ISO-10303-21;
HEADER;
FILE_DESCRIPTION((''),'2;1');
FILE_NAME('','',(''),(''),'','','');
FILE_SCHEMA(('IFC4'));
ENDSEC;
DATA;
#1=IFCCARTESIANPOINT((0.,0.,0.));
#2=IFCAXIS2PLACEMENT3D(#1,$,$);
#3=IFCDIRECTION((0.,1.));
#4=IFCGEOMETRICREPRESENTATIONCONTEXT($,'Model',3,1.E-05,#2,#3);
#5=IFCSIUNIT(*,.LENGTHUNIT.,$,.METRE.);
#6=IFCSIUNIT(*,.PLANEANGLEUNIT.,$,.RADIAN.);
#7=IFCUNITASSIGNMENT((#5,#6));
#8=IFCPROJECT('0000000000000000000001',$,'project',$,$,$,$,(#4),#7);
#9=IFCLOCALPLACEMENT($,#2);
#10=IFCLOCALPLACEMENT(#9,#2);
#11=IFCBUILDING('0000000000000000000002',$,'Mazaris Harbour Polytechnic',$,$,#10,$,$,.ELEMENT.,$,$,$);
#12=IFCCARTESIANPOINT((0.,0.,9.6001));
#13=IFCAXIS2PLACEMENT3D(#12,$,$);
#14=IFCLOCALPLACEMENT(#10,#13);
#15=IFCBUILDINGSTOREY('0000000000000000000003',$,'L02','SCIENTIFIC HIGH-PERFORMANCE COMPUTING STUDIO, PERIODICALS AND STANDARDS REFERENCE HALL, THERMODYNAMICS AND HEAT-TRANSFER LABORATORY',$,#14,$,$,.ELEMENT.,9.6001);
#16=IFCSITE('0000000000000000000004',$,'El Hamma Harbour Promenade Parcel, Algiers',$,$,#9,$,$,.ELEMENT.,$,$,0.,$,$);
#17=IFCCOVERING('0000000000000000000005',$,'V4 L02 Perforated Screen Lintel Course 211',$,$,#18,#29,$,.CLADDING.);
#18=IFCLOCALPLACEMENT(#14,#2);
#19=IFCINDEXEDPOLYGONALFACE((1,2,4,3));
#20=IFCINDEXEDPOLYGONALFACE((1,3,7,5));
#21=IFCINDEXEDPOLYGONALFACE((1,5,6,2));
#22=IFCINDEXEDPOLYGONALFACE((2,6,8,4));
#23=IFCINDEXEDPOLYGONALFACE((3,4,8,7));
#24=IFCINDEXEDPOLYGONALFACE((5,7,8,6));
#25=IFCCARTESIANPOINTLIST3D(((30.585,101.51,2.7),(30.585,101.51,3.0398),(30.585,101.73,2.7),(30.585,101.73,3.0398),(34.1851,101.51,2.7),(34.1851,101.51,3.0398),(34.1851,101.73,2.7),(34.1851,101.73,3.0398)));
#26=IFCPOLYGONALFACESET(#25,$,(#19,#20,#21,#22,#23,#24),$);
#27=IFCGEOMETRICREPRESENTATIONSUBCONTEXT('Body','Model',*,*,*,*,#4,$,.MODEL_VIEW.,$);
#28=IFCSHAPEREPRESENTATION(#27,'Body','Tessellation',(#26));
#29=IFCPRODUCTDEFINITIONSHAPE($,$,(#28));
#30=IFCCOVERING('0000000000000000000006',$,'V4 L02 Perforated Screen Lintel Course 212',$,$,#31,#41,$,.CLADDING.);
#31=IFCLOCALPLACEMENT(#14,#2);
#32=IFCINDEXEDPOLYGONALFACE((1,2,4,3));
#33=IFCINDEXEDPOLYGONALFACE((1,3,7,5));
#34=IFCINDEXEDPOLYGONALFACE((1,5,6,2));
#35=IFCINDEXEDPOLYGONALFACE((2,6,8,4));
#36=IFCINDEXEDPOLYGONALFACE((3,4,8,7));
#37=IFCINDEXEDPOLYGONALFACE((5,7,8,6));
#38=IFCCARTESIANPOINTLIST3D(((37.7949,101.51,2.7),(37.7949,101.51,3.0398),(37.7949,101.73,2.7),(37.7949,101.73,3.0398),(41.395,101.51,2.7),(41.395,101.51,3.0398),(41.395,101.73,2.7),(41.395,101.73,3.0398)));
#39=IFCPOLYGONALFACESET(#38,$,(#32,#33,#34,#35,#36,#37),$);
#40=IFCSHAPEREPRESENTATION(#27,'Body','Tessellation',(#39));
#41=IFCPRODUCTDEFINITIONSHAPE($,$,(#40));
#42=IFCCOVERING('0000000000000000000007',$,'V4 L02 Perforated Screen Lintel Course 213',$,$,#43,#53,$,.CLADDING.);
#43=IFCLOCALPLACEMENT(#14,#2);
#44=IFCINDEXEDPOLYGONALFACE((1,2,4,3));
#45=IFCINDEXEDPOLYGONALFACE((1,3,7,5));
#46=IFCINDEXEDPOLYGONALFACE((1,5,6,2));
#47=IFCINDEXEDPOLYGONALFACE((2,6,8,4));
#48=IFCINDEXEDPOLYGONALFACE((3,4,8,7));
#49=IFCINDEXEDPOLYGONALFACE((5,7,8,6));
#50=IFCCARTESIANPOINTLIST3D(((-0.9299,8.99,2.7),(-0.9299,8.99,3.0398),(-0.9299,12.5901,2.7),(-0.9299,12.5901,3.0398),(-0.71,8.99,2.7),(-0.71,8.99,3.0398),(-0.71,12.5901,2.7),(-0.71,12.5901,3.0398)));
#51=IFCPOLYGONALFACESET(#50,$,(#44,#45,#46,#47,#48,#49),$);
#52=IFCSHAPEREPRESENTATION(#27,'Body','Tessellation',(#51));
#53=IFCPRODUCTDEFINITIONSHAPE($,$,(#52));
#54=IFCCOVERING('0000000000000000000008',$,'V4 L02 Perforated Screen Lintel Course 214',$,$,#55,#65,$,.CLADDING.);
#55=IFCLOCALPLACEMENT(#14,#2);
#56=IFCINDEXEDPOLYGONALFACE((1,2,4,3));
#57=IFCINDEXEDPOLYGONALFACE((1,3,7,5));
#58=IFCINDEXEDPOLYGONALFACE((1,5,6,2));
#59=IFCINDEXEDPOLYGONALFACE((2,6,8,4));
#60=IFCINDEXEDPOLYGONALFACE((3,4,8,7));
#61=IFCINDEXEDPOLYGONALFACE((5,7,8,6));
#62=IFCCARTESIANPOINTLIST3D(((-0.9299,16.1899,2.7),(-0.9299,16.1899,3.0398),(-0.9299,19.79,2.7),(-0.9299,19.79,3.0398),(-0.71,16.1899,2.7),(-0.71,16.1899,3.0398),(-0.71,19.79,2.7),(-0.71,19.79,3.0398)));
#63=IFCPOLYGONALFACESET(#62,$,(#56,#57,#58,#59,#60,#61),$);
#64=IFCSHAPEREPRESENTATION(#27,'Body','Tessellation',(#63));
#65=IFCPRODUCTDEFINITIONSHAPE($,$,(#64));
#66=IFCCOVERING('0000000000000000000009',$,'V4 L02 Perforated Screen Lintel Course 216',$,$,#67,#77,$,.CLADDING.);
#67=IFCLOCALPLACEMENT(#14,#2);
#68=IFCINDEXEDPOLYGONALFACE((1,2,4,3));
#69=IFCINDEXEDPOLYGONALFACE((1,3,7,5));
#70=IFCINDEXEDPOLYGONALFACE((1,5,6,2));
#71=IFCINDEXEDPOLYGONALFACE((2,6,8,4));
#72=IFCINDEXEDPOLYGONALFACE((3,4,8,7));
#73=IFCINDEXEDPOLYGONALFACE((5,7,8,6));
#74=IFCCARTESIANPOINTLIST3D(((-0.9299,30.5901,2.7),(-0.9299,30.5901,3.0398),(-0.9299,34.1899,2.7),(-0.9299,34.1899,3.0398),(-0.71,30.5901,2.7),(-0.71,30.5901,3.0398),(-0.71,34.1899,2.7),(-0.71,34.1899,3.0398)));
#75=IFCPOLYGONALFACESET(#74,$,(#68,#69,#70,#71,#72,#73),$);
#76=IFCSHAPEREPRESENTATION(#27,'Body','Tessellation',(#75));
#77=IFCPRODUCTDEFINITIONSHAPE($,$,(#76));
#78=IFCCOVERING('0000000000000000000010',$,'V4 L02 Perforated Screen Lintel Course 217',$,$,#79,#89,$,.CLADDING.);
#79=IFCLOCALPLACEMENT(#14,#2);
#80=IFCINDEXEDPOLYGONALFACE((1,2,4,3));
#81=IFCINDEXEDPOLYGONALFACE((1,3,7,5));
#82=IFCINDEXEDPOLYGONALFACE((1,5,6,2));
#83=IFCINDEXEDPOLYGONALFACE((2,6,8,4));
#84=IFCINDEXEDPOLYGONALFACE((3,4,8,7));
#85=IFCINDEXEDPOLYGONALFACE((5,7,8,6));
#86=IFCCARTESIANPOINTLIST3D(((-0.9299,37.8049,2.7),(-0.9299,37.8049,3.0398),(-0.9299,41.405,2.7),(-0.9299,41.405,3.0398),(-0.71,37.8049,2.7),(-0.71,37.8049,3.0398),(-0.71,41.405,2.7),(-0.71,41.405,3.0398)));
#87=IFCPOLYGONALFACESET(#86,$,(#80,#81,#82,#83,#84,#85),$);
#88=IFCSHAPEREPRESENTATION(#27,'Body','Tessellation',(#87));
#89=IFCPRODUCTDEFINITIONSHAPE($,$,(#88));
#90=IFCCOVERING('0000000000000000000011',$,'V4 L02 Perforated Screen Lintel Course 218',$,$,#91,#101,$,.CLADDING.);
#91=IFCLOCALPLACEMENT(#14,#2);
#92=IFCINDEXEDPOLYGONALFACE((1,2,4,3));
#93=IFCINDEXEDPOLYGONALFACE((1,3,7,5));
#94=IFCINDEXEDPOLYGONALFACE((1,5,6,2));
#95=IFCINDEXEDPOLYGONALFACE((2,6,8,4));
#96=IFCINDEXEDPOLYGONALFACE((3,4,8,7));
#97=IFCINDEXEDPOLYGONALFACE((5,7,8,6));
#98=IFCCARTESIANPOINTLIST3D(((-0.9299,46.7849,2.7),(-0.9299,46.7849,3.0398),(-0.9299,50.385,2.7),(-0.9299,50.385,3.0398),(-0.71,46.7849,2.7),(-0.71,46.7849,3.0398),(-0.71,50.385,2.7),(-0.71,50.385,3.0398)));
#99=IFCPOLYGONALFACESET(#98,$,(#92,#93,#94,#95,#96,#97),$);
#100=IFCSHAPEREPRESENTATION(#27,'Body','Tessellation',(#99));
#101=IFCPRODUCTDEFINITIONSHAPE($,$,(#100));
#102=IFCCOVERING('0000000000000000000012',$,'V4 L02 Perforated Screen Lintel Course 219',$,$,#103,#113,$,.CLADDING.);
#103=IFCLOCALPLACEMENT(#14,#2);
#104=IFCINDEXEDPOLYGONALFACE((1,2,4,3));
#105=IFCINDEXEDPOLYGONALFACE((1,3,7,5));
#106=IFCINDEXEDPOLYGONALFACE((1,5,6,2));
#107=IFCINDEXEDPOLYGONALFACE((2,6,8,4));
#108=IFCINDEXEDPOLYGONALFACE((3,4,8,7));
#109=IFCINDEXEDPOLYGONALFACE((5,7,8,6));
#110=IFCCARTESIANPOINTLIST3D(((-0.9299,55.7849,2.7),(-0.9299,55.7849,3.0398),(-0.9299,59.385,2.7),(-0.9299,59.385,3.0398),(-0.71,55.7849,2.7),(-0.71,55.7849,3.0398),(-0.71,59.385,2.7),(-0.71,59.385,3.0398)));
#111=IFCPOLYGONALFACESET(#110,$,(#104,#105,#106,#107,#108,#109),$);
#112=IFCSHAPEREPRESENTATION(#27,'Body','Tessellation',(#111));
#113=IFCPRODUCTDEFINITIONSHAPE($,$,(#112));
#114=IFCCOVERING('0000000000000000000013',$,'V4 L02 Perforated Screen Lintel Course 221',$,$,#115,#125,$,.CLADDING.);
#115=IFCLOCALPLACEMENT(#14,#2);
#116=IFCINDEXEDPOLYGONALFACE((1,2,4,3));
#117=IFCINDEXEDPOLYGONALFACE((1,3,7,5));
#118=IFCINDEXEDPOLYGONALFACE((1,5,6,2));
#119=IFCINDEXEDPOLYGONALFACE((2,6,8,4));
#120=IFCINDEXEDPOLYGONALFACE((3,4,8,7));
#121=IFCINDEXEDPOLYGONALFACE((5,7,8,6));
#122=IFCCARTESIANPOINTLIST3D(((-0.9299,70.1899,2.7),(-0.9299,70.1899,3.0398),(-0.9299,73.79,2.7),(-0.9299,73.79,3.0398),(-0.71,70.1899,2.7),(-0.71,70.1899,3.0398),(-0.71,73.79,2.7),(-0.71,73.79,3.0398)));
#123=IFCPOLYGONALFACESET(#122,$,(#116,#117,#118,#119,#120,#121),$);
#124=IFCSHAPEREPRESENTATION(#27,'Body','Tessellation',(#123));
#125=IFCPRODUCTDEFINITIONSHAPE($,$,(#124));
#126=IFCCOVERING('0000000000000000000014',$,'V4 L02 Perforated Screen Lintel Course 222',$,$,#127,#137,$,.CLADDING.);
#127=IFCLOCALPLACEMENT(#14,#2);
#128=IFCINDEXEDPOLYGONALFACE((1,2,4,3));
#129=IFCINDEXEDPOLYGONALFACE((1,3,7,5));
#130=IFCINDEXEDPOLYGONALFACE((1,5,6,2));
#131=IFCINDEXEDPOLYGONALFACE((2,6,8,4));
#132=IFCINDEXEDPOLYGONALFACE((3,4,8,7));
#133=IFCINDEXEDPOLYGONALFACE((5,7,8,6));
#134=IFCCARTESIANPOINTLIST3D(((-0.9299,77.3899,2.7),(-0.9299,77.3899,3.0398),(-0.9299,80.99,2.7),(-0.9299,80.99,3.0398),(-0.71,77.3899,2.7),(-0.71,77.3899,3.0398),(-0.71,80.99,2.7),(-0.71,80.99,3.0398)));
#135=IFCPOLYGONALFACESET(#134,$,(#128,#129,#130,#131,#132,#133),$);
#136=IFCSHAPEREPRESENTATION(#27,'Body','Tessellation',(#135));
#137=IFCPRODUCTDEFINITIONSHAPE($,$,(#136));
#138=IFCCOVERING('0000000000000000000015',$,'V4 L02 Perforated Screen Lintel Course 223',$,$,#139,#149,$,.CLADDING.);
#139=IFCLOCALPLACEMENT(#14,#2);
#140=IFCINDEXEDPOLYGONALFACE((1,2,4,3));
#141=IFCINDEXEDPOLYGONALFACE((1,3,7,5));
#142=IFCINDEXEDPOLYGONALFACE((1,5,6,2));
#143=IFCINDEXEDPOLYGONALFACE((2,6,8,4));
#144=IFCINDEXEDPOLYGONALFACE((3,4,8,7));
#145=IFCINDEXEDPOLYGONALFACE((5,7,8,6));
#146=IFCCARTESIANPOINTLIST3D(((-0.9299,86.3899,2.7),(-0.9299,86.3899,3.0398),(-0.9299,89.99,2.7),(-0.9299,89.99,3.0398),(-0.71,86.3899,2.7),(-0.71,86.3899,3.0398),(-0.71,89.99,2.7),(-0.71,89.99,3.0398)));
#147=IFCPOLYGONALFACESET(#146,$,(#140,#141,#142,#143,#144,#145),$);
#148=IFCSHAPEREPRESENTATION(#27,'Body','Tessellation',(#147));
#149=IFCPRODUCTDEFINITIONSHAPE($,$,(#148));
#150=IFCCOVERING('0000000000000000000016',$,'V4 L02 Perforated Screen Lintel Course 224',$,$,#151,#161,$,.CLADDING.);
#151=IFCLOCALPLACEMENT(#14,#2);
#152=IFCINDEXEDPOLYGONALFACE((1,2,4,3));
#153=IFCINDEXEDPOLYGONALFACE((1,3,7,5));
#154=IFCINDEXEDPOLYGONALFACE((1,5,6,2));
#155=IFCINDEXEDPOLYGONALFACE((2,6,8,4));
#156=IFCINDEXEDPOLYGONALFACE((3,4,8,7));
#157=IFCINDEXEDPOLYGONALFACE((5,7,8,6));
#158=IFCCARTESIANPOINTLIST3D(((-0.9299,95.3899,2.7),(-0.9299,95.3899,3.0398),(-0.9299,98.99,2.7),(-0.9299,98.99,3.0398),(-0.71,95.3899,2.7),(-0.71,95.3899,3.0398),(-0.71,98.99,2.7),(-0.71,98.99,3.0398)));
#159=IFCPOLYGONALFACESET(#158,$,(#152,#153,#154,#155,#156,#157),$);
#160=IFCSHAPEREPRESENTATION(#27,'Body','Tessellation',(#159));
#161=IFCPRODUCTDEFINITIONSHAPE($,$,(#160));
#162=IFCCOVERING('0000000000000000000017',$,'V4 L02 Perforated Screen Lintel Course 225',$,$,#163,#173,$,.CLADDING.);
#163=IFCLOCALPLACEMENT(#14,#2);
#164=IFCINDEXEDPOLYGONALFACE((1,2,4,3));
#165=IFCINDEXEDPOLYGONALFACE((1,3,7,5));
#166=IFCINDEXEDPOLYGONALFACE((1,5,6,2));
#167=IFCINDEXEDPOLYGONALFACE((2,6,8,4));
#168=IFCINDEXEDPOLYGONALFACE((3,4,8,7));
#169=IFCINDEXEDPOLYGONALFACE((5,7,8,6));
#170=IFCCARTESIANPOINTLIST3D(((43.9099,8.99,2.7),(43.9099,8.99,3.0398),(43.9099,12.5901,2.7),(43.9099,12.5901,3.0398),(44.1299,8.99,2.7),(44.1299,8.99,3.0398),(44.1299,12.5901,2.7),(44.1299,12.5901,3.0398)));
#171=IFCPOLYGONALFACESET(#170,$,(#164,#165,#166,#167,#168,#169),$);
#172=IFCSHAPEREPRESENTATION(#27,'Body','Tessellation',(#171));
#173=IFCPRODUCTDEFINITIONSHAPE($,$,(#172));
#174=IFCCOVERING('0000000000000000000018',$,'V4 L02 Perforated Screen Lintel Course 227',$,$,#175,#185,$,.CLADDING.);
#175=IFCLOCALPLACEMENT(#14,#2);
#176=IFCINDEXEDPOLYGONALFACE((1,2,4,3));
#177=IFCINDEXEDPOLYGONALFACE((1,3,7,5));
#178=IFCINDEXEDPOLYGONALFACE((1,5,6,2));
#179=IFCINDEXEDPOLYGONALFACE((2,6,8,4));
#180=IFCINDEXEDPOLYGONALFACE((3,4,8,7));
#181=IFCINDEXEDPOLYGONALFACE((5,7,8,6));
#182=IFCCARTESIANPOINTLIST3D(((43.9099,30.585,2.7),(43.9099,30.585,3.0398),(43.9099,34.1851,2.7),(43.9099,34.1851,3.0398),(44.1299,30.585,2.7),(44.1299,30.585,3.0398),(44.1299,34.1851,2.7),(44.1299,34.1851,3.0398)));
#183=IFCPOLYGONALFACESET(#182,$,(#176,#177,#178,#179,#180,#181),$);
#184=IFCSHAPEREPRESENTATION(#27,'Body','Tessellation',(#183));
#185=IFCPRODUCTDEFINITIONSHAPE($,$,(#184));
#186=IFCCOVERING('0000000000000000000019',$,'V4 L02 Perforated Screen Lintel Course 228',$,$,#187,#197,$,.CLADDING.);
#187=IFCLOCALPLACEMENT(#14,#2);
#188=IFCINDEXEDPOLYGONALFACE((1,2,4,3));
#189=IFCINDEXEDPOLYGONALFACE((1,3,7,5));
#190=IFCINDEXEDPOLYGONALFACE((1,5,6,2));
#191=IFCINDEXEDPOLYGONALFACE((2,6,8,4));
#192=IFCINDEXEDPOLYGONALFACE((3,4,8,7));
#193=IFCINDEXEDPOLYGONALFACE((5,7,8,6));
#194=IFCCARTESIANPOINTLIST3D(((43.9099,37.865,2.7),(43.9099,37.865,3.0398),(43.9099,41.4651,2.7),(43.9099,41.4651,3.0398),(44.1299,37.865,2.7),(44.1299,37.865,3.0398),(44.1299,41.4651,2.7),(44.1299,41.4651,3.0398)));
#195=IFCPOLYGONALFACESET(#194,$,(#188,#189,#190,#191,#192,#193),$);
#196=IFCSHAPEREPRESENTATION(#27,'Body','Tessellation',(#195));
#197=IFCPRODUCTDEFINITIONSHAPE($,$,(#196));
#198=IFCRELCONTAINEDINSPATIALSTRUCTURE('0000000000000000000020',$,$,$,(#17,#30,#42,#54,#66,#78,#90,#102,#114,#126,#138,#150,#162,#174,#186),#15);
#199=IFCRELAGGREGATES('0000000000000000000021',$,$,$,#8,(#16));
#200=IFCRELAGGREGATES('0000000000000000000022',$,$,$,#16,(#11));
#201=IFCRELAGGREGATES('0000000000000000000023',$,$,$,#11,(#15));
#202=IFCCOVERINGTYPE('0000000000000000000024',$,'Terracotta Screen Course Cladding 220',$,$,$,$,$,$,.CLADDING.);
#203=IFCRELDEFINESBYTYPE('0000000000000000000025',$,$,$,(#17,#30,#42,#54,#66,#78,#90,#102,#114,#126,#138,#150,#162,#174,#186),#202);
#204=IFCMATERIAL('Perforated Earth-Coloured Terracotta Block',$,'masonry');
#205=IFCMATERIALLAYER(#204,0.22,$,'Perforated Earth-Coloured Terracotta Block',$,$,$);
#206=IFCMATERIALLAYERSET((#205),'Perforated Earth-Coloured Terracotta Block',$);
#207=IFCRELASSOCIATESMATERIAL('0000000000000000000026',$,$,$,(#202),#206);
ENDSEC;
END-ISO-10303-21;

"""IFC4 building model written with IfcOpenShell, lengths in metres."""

from ifc_helpers import new_model, si_unit, direction, frame, origin, place, context, subcontext, project, spatial, polyline, outline, extrude, material, layer, layer_set, type_object, element, save


model = new_model("IFC4")

# Units and contexts
model_context = context("Model", 3, precision=1e-05, world=origin(), true_north=direction((0.0, 1.0)))
body_context = subcontext(model_context, "Body", "Model", "MODEL_VIEW")
ifc_project = project(units=[si_unit("LENGTHUNIT", "METRE"), si_unit("PLANEANGLEUNIT", "RADIAN")], contexts=[model_context])

# Site, building, storey
site_placement = place(None, origin())
site = spatial("IfcSite", under=ifc_project, at=site_placement, Name="El Hamma Harbour Promenade Parcel, Algiers", CompositionType="ELEMENT", RefElevation=0.0)
building_placement = place(site_placement, origin())
building = spatial("IfcBuilding", under=site, at=building_placement, Name="Mazaris Harbour Polytechnic", CompositionType="ELEMENT")
storey_placement = place(building_placement, frame((0.0, 0.0, 9.6001)))
storey = spatial("IfcBuildingStorey", under=building, at=storey_placement, Name="L02", Description="SCIENTIFIC HIGH-PERFORMANCE COMPUTING STUDIO, PERIODICALS AND STANDARDS REFERENCE HALL, THERMODYNAMICS AND HEAT-TRANSFER LABORATORY", CompositionType="ELEMENT", Elevation=9.6001)

# Coverings
ifc_material = material(Name="Perforated Earth-Coloured Terracotta Block", Category="masonry")
ifc_layer = layer(ifc_material, 0.22, Name="Perforated Earth-Coloured Terracotta Block")
ifc_layer_set = layer_set([ifc_layer], Name="Perforated Earth-Coloured Terracotta Block")
covering_type = type_object("IfcCoveringType", Name="Terracotta Screen Course Cladding 220", PredefinedType="CLADDING", material=ifc_layer_set)
covering_1_placement = place(storey_placement, frame((0.0, 0.0, 2.7)))
element("IfcCovering", 1, at=covering_1_placement, inside=storey, type_object=covering_type, Name="V4 L02 Perforated Screen Lintel Course 211", PredefinedType="CLADDING", context=body_context, shape_type="SweptSolid", body=[
    extrude(outline(polyline([(30.585, 101.51), (34.1851, 101.51), (34.1851, 101.73), (30.585, 101.73), (30.585, 101.51)])), origin(), (0.0, 0.0, 1.0), 0.3398),
])
covering_2_placement = place(storey_placement, frame((0.0, 0.0, 2.7)))
element("IfcCovering", 2, at=covering_2_placement, inside=storey, type_object=covering_type, Name="V4 L02 Perforated Screen Lintel Course 212", PredefinedType="CLADDING", context=body_context, shape_type="SweptSolid", body=[
    extrude(outline(polyline([(37.7949, 101.51), (41.395, 101.51), (41.395, 101.73), (37.7949, 101.73), (37.7949, 101.51)])), origin(), (0.0, 0.0, 1.0), 0.3398),
])
covering_3_placement = place(storey_placement, frame((0.0, 0.0, 2.7)))
element("IfcCovering", 3, at=covering_3_placement, inside=storey, type_object=covering_type, Name="V4 L02 Perforated Screen Lintel Course 213", PredefinedType="CLADDING", context=body_context, shape_type="SweptSolid", body=[
    extrude(outline(polyline([(-0.71, 8.99), (-0.71, 12.5901), (-0.9299, 12.5901), (-0.9299, 8.99), (-0.71, 8.99)])), origin(), (0.0, 0.0, 1.0), 0.3398),
])
covering_4_placement = place(storey_placement, frame((0.0, 0.0, 2.7)))
element("IfcCovering", 4, at=covering_4_placement, inside=storey, type_object=covering_type, Name="V4 L02 Perforated Screen Lintel Course 214", PredefinedType="CLADDING", context=body_context, shape_type="SweptSolid", body=[
    extrude(outline(polyline([(-0.71, 16.1899), (-0.71, 19.79), (-0.9299, 19.79), (-0.9299, 16.1899), (-0.71, 16.1899)])), origin(), (0.0, 0.0, 1.0), 0.3398),
])
covering_5_placement = place(storey_placement, frame((0.0, 0.0, 2.7)))
element("IfcCovering", 5, at=covering_5_placement, inside=storey, type_object=covering_type, Name="V4 L02 Perforated Screen Lintel Course 216", PredefinedType="CLADDING", context=body_context, shape_type="SweptSolid", body=[
    extrude(outline(polyline([(-0.71, 30.5901), (-0.71, 34.1899), (-0.9299, 34.1899), (-0.9299, 30.5901), (-0.71, 30.5901)])), origin(), (0.0, 0.0, 1.0), 0.3398),
])
covering_6_placement = place(storey_placement, frame((0.0, 0.0, 2.7)))
element("IfcCovering", 6, at=covering_6_placement, inside=storey, type_object=covering_type, Name="V4 L02 Perforated Screen Lintel Course 217", PredefinedType="CLADDING", context=body_context, shape_type="SweptSolid", body=[
    extrude(outline(polyline([(-0.71, 37.8049), (-0.71, 41.405), (-0.9299, 41.405), (-0.9299, 37.8049), (-0.71, 37.8049)])), origin(), (0.0, 0.0, 1.0), 0.3398),
])
covering_7_placement = place(storey_placement, frame((0.0, 0.0, 2.7)))
element("IfcCovering", 7, at=covering_7_placement, inside=storey, type_object=covering_type, Name="V4 L02 Perforated Screen Lintel Course 218", PredefinedType="CLADDING", context=body_context, shape_type="SweptSolid", body=[
    extrude(outline(polyline([(-0.71, 46.7849), (-0.71, 50.385), (-0.9299, 50.385), (-0.9299, 46.7849), (-0.71, 46.7849)])), origin(), (0.0, 0.0, 1.0), 0.3398),
])
covering_8_placement = place(storey_placement, frame((0.0, 0.0, 2.7)))
element("IfcCovering", 8, at=covering_8_placement, inside=storey, type_object=covering_type, Name="V4 L02 Perforated Screen Lintel Course 219", PredefinedType="CLADDING", context=body_context, shape_type="SweptSolid", body=[
    extrude(outline(polyline([(-0.71, 55.7849), (-0.71, 59.385), (-0.9299, 59.385), (-0.9299, 55.7849), (-0.71, 55.7849)])), origin(), (0.0, 0.0, 1.0), 0.3398),
])
covering_9_placement = place(storey_placement, frame((0.0, 0.0, 2.7)))
element("IfcCovering", 9, at=covering_9_placement, inside=storey, type_object=covering_type, Name="V4 L02 Perforated Screen Lintel Course 221", PredefinedType="CLADDING", context=body_context, shape_type="SweptSolid", body=[
    extrude(outline(polyline([(-0.71, 70.1899), (-0.71, 73.79), (-0.9299, 73.79), (-0.9299, 70.1899), (-0.71, 70.1899)])), origin(), (0.0, 0.0, 1.0), 0.3398),
])
covering_10_placement = place(storey_placement, frame((0.0, 0.0, 2.7)))
element("IfcCovering", 10, at=covering_10_placement, inside=storey, type_object=covering_type, Name="V4 L02 Perforated Screen Lintel Course 222", PredefinedType="CLADDING", context=body_context, shape_type="SweptSolid", body=[
    extrude(outline(polyline([(-0.71, 77.3899), (-0.71, 80.99), (-0.9299, 80.99), (-0.9299, 77.3899), (-0.71, 77.3899)])), origin(), (0.0, 0.0, 1.0), 0.3398),
])
covering_11_placement = place(storey_placement, frame((0.0, 0.0, 2.7)))
element("IfcCovering", 11, at=covering_11_placement, inside=storey, type_object=covering_type, Name="V4 L02 Perforated Screen Lintel Course 223", PredefinedType="CLADDING", context=body_context, shape_type="SweptSolid", body=[
    extrude(outline(polyline([(-0.71, 86.3899), (-0.71, 89.99), (-0.9299, 89.99), (-0.9299, 86.3899), (-0.71, 86.3899)])), origin(), (0.0, 0.0, 1.0), 0.3398),
])
covering_12_placement = place(storey_placement, frame((0.0, 0.0, 2.7)))
element("IfcCovering", 12, at=covering_12_placement, inside=storey, type_object=covering_type, Name="V4 L02 Perforated Screen Lintel Course 224", PredefinedType="CLADDING", context=body_context, shape_type="SweptSolid", body=[
    extrude(outline(polyline([(-0.71, 95.3899), (-0.71, 98.99), (-0.9299, 98.99), (-0.9299, 95.3899), (-0.71, 95.3899)])), origin(), (0.0, 0.0, 1.0), 0.3398),
])
covering_13_placement = place(storey_placement, frame((0.0, 0.0, 2.7)))
element("IfcCovering", 13, at=covering_13_placement, inside=storey, type_object=covering_type, Name="V4 L02 Perforated Screen Lintel Course 225", PredefinedType="CLADDING", context=body_context, shape_type="SweptSolid", body=[
    extrude(outline(polyline([(43.9099, 12.5901), (43.9099, 8.99), (44.1299, 8.99), (44.1299, 12.5901), (43.9099, 12.5901)])), origin(), (0.0, 0.0, 1.0), 0.3398),
])
covering_14_placement = place(storey_placement, frame((0.0, 0.0, 2.7)))
element("IfcCovering", 14, at=covering_14_placement, inside=storey, type_object=covering_type, Name="V4 L02 Perforated Screen Lintel Course 227", PredefinedType="CLADDING", context=body_context, shape_type="SweptSolid", body=[
    extrude(outline(polyline([(43.9099, 34.1851), (43.9099, 30.585), (44.1299, 30.585), (44.1299, 34.1851), (43.9099, 34.1851)])), origin(), (0.0, 0.0, 1.0), 0.3398),
])
covering_15_placement = place(storey_placement, frame((0.0, 0.0, 2.7)))
element("IfcCovering", 15, at=covering_15_placement, inside=storey, type_object=covering_type, Name="V4 L02 Perforated Screen Lintel Course 228", PredefinedType="CLADDING", context=body_context, shape_type="SweptSolid", body=[
    extrude(outline(polyline([(43.9099, 41.4651), (43.9099, 37.865), (44.1299, 37.865), (44.1299, 41.4651), (43.9099, 41.4651)])), origin(), (0.0, 0.0, 1.0), 0.3398),
])

save(model, "model.ifc")
